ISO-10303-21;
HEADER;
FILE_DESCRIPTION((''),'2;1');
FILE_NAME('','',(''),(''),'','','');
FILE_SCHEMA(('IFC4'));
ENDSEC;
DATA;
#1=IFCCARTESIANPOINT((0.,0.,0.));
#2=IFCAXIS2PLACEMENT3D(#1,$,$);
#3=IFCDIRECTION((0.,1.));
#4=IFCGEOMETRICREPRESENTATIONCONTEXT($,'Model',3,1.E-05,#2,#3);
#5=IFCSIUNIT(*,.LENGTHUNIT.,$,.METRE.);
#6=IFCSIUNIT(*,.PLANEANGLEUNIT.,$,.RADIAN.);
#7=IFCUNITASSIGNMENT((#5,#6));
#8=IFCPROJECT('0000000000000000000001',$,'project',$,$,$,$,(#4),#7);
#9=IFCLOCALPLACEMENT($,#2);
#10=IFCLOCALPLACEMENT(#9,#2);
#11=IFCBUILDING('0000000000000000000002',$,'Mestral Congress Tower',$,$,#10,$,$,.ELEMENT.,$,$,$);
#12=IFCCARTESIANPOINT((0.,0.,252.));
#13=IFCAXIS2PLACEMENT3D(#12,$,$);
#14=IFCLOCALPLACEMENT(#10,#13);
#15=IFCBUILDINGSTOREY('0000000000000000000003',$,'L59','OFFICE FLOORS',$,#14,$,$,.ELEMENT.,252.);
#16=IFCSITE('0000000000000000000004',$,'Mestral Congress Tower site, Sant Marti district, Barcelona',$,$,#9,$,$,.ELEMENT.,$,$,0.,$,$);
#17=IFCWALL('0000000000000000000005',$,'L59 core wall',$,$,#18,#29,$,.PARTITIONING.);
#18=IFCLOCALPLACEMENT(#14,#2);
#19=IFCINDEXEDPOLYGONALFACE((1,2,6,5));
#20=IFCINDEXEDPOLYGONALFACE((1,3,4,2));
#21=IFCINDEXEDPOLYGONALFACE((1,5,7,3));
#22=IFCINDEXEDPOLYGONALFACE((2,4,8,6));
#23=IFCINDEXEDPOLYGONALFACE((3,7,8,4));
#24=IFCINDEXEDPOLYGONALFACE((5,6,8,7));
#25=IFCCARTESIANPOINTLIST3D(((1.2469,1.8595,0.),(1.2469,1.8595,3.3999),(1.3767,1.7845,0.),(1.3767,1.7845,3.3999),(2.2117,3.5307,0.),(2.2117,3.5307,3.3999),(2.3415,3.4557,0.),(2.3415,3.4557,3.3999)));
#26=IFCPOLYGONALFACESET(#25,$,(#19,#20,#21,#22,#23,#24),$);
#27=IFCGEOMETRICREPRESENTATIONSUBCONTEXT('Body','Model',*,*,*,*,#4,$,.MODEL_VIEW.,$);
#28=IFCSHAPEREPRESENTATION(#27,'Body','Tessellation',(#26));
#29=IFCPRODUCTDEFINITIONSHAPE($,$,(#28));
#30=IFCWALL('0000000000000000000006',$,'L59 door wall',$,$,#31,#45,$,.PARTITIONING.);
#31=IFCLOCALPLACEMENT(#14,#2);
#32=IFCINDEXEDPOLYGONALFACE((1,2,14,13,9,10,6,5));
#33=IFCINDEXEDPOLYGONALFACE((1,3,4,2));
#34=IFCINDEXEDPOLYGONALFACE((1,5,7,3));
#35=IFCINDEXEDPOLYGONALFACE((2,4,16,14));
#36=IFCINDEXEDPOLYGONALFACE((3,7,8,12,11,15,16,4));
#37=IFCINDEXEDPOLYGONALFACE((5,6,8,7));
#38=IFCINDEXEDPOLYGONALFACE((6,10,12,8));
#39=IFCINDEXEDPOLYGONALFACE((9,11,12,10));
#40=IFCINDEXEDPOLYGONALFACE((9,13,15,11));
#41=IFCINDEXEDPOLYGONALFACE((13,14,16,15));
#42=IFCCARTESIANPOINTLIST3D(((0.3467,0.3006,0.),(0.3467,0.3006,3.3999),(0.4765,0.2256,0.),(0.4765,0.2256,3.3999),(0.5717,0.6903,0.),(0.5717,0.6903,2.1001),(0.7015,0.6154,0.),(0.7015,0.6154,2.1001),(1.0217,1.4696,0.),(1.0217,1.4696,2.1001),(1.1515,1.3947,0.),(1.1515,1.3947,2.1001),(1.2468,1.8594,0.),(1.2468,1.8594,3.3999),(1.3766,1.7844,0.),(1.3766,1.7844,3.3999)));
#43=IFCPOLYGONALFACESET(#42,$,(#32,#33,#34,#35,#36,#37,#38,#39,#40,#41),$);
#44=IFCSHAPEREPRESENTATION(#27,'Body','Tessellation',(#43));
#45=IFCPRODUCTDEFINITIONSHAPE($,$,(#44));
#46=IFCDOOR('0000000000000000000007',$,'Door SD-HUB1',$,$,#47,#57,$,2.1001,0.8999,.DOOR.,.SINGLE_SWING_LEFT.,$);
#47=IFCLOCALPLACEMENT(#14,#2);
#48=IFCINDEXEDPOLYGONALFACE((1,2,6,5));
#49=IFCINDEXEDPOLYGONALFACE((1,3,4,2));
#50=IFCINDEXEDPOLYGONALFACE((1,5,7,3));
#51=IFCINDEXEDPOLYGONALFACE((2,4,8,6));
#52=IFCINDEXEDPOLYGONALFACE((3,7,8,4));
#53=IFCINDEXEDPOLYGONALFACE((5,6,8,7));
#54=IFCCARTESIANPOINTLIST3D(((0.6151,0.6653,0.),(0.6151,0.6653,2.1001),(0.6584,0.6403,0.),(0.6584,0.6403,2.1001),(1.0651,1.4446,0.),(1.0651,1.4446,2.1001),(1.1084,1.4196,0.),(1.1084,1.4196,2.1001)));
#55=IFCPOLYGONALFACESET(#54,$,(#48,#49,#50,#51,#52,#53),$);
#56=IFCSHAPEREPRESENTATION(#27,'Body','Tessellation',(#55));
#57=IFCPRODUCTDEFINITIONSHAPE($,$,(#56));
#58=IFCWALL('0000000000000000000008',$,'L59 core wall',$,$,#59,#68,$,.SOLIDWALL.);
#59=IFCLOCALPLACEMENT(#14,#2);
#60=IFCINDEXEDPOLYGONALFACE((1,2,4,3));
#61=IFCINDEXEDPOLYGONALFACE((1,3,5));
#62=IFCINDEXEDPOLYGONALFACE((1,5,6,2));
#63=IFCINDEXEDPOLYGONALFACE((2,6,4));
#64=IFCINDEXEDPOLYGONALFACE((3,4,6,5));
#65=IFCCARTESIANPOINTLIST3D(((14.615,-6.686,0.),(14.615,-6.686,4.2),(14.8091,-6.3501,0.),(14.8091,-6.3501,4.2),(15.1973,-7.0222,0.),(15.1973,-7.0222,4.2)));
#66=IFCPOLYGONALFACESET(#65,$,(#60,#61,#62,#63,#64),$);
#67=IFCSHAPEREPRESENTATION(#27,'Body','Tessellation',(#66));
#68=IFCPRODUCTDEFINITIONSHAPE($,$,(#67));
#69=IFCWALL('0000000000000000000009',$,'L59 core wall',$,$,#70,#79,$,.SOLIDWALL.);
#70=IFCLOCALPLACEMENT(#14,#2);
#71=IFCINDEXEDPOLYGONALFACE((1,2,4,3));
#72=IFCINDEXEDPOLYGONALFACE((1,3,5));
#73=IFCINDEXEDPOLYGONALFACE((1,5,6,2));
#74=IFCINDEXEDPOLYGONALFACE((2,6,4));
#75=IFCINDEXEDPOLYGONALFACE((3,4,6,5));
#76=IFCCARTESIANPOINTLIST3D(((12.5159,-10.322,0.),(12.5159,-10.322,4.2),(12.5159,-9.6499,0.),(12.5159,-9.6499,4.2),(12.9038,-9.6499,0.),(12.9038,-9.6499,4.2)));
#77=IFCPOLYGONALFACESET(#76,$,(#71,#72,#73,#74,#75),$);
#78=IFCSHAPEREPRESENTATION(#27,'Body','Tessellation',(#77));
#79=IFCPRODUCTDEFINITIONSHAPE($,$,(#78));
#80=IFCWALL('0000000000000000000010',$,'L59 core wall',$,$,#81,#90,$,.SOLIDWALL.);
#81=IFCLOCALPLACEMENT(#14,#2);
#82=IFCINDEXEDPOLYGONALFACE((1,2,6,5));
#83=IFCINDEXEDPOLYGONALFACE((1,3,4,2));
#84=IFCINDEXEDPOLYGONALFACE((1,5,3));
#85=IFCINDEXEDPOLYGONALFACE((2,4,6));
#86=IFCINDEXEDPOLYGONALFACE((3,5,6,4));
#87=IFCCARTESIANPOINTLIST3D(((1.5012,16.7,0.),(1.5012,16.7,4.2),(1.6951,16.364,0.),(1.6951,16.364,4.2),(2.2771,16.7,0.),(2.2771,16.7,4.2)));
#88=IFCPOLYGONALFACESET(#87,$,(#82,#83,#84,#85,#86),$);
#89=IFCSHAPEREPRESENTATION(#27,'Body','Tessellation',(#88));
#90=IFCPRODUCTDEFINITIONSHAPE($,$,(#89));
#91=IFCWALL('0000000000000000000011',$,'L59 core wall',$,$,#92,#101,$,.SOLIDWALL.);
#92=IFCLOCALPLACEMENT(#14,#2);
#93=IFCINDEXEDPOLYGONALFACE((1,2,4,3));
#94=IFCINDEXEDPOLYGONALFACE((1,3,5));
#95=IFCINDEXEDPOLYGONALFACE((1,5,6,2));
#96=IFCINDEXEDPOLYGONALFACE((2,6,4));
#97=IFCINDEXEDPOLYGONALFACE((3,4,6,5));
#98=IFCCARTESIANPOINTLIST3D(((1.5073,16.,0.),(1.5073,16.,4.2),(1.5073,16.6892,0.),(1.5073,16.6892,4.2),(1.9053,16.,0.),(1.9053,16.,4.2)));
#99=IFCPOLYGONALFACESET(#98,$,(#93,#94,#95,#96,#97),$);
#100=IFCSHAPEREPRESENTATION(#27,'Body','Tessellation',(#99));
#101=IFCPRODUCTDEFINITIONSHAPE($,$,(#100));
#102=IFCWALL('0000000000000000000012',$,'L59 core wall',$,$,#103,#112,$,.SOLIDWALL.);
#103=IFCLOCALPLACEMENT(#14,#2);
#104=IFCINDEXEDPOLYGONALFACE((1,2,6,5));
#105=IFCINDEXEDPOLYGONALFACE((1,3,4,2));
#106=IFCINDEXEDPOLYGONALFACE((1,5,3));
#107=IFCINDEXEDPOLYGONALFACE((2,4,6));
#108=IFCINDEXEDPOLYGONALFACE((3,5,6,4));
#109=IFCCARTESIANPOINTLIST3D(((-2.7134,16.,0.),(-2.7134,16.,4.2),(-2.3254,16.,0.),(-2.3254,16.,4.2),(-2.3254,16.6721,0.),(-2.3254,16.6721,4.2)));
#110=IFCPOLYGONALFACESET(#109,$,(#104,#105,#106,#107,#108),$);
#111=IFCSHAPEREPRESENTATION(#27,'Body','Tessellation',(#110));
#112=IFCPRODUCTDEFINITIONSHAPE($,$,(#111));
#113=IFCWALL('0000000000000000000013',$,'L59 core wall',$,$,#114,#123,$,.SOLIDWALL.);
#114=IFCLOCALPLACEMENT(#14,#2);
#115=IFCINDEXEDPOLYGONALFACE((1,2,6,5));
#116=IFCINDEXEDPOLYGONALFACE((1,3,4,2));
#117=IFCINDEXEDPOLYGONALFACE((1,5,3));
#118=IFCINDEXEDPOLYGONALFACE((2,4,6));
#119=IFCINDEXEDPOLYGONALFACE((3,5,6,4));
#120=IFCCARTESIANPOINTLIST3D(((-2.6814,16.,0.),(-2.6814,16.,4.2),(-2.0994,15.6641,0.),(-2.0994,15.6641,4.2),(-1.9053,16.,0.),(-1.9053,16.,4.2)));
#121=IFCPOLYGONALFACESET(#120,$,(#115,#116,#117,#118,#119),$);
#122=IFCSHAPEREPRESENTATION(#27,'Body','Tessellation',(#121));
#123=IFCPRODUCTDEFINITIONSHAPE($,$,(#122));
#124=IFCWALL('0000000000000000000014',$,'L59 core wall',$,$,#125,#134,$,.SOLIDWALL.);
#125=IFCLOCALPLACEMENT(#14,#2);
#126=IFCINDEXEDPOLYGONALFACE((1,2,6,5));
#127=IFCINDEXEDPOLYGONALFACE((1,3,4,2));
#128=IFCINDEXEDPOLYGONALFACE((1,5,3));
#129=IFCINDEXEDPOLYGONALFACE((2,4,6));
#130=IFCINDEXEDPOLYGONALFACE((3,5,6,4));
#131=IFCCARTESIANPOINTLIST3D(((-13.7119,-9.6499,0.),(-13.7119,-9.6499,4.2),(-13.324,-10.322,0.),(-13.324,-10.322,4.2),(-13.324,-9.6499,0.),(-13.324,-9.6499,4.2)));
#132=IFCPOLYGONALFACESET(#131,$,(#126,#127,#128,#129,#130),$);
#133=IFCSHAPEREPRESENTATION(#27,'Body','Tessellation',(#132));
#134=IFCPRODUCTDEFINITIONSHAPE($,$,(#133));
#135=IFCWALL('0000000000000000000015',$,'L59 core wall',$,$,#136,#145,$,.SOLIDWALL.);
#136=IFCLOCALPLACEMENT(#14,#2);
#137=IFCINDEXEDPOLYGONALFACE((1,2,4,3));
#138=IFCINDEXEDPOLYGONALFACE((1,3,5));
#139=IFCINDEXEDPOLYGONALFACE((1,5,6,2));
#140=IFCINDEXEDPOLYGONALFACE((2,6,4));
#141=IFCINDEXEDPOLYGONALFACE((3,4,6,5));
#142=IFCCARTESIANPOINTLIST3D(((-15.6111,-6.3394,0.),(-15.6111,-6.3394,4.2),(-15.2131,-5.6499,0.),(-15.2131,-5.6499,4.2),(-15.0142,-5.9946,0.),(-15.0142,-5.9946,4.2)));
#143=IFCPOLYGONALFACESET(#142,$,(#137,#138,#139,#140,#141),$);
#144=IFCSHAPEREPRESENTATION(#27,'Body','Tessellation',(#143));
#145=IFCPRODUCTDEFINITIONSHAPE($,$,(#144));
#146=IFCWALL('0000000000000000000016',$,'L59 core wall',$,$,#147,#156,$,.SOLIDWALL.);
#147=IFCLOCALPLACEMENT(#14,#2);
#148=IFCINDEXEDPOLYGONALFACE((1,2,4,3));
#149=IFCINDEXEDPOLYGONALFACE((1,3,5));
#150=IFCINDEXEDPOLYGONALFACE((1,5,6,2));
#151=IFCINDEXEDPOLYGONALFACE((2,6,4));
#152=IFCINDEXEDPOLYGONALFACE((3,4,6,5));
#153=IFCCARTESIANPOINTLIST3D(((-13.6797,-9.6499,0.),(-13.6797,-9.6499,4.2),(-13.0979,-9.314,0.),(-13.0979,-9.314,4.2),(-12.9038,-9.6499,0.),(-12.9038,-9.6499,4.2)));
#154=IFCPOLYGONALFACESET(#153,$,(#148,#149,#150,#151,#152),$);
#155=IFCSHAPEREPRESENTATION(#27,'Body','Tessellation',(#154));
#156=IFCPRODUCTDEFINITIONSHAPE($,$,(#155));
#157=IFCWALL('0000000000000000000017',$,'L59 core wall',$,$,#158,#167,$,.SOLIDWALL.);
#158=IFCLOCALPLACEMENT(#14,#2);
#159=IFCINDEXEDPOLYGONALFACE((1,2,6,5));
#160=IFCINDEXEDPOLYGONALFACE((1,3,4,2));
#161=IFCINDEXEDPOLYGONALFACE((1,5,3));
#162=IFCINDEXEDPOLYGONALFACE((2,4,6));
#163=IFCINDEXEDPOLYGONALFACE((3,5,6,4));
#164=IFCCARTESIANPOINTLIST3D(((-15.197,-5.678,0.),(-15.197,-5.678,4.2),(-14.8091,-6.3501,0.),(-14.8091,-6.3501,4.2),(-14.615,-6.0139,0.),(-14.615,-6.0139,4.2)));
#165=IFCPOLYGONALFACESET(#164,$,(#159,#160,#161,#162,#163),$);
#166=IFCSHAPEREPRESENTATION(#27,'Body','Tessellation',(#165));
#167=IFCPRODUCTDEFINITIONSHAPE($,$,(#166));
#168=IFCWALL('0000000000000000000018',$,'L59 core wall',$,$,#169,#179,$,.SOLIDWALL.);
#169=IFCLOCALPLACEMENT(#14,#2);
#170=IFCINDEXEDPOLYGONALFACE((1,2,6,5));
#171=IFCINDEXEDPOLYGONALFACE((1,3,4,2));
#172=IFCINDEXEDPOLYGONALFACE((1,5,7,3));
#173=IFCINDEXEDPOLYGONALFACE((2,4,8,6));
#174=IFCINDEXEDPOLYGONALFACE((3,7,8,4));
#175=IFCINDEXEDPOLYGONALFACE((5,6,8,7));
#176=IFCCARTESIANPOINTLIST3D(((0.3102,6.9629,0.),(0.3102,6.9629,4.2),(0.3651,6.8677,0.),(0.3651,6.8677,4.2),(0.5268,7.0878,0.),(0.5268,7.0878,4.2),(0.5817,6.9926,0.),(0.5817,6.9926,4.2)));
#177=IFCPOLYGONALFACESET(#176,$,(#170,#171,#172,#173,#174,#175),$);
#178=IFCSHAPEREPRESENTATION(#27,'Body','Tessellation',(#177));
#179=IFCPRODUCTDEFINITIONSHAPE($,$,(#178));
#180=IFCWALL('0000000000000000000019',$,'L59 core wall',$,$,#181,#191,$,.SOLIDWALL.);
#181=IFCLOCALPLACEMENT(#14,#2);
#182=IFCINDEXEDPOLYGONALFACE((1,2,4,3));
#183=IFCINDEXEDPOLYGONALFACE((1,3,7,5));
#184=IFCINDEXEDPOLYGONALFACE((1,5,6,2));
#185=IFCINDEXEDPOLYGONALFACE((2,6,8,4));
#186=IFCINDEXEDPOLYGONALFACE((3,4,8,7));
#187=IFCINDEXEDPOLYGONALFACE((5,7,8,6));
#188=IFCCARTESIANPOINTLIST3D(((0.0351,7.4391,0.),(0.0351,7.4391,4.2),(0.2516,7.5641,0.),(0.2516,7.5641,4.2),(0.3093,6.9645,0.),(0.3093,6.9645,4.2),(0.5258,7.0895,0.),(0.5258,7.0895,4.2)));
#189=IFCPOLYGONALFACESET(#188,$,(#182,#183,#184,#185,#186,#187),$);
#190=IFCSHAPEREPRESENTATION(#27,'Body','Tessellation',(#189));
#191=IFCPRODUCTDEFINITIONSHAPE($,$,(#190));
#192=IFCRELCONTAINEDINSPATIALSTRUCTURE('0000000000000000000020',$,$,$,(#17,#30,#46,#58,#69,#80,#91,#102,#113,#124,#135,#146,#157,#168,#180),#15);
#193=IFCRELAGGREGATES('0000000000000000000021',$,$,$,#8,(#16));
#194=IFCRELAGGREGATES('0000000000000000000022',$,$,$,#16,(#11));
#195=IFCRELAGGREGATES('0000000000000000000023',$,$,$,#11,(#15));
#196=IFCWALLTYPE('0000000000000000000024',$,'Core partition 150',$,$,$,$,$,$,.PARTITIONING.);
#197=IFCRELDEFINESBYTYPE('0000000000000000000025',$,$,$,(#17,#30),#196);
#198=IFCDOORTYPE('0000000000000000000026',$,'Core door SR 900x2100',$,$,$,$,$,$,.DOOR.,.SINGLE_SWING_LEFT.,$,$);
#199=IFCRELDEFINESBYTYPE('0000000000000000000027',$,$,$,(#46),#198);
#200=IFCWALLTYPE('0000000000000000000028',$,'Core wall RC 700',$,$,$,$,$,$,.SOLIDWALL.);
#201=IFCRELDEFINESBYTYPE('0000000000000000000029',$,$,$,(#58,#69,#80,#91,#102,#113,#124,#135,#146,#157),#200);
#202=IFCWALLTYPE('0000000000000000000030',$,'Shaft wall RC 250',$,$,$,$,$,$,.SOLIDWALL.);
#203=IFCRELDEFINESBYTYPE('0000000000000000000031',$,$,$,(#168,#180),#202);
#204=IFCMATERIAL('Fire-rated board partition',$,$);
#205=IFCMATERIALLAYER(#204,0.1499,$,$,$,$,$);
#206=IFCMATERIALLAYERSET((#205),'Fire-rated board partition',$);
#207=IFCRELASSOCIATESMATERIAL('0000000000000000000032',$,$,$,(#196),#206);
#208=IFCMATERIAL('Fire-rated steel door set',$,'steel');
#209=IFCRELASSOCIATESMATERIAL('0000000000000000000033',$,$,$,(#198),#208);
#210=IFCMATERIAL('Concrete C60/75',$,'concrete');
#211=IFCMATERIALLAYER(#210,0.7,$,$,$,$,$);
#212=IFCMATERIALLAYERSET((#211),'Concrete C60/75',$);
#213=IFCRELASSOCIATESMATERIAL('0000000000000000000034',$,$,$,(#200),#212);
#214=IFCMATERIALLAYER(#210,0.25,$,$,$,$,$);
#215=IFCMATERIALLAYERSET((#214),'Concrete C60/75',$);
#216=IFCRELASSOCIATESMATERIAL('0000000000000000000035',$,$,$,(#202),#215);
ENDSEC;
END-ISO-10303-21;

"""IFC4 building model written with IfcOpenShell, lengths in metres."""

from ifc_helpers import new_model, si_unit, direction, frame, frame_2d, origin, place, context, subcontext, project, spatial, polyline, rectangle, outline, extrude, material, layer, layer_set, type_object, element, fill, save


model = new_model("IFC4")

# Units and contexts
model_context = context("Model", 3, precision=1e-05, world=origin(), true_north=direction((0.0, 1.0)))
body_context = subcontext(model_context, "Body", "Model", "MODEL_VIEW")
ifc_project = project(units=[si_unit("LENGTHUNIT", "METRE"), si_unit("PLANEANGLEUNIT", "RADIAN")], contexts=[model_context])

# Site, building, storey
site_placement = place(None, origin())
site = spatial("IfcSite", under=ifc_project, at=site_placement, Name="Mestral Congress Tower site, Sant Marti district, Barcelona", CompositionType="ELEMENT", RefElevation=0.0)
building_placement = place(site_placement, origin())
building = spatial("IfcBuilding", under=site, at=building_placement, Name="Mestral Congress Tower", CompositionType="ELEMENT")
storey_placement = place(building_placement, frame((0.0, 0.0, 252.0)))
storey = spatial("IfcBuildingStorey", under=building, at=storey_placement, Name="L59", Description="OFFICE FLOORS", CompositionType="ELEMENT", Elevation=252.0)

# Wall
ifc_material_1 = material(Name="Fire-rated board partition")
ifc_layer_1 = layer(ifc_material_1, 0.1499)
ifc_layer_set_1 = layer_set([ifc_layer_1], Name="Fire-rated board partition")
wall_type_1 = type_object("IfcWallType", Name="Core partition 150", PredefinedType="PARTITIONING", material=ifc_layer_set_1)
wall_1_placement = place(storey_placement, frame((1.3118, 1.822, 0.0), z_axis=(0.0, 0.0, 1.0), x_axis=(0.500004, 0.866023, 0.0)))
element("IfcWall", 1, at=wall_1_placement, inside=storey, type_object=wall_type_1, Name="L59 core wall", PredefinedType="PARTITIONING", context=body_context, shape_type="SweptSolid", body=[
    extrude(rectangle(XDim=1.9297, YDim=0.1499, at=frame_2d((0.9648, 0.0))), origin(), (0.0, 0.0, 1.0), 3.3999),
])

# Wall, opening, door
wall_2_placement = place(storey_placement, frame((0.4116, 0.2632, 0.0), z_axis=(0.0, 0.0, 1.0), x_axis=(0.500063, 0.865989, 0.0)))
wall_2 = element("IfcWall", 2, at=wall_2_placement, inside=storey, type_object=wall_type_1, Name="L59 door wall", PredefinedType="PARTITIONING", context=body_context, shape_type="SweptSolid", body=[
    extrude(rectangle(XDim=1.8, YDim=0.1499, at=frame_2d((0.8999, 0.0))), origin(), (0.0, 0.0, 1.0), 3.3999),
])
opening_placement = place(wall_2_placement, frame((0.45, 0.0, 0.0)))
opening = element("IfcOpeningElement", 3, at=opening_placement, cuts=wall_2, PredefinedType="OPENING", context=body_context, shape_type="SweptSolid", body=[
    extrude(rectangle(XDim=0.8999, YDim=2.1001, at=frame_2d((0.45, 1.05))), frame((0.0, 0.085, 0.0), z_axis=(0.0, -1.0, 0.0), x_axis=(1.0, 0.0, 0.0)), (0.0, 0.0, 1.0), 0.1699),
])
ifc_material_2 = material(Name="Fire-rated steel door set", Category="steel")
door_type = type_object("IfcDoorType", Name="Core door SR 900x2100", OperationType="SINGLE_SWING_LEFT", PredefinedType="DOOR", material=ifc_material_2)
door_placement = place(opening_placement, origin())
door = element("IfcDoor", 4, at=door_placement, inside=storey, type_object=door_type, Name="Door SD-HUB1", OperationType="SINGLE_SWING_LEFT", OverallHeight=2.1001, OverallWidth=0.8999, PredefinedType="DOOR", context=body_context, shape_type="SweptSolid", body=[
    extrude(rectangle(XDim=0.8999, YDim=2.1001, at=frame_2d((0.45, 1.05))), frame((0.0, 0.0249, 0.0), z_axis=(0.0, -1.0, 0.0), x_axis=(1.0, 0.0, 0.0)), (0.0, 0.0, 1.0), 0.05),
])
fill(opening, door)

# Walls
ifc_material_3 = material(Name="Concrete C60/75", Category="concrete")
ifc_layer_2 = layer(ifc_material_3, 0.7)
ifc_layer_set_2 = layer_set([ifc_layer_2], Name="Concrete C60/75")
wall_type_2 = type_object("IfcWallType", Name="Core wall RC 700", PredefinedType="SOLIDWALL", material=ifc_layer_set_2)
placement = place(storey_placement, origin())
element("IfcWall", 5, at=placement, inside=storey, type_object=wall_type_2, Name="L59 core wall", PredefinedType="SOLIDWALL", context=body_context, shape_type="SweptSolid", body=[
    extrude(outline(polyline([(14.8091, -6.3501), (15.1973, -7.0222), (14.615, -6.686), (14.8091, -6.3501)])), origin(), (0.0, 0.0, 1.0), 4.2),
])
element("IfcWall", 6, at=placement, inside=storey, type_object=wall_type_2, Name="L59 core wall", PredefinedType="SOLIDWALL", context=body_context, shape_type="SweptSolid", body=[
    extrude(outline(polyline([(12.9038, -9.6499), (12.5159, -10.322), (12.5159, -9.6499), (12.9038, -9.6499)])), origin(), (0.0, 0.0, 1.0), 4.2),
])
element("IfcWall", 7, at=placement, inside=storey, type_object=wall_type_2, Name="L59 core wall", PredefinedType="SOLIDWALL", context=body_context, shape_type="SweptSolid", body=[
    extrude(outline(polyline([(1.5012, 16.7), (2.2771, 16.7), (1.6951, 16.364), (1.5012, 16.7)])), origin(), (0.0, 0.0, 1.0), 4.2),
])
element("IfcWall", 8, at=placement, inside=storey, type_object=wall_type_2, Name="L59 core wall", PredefinedType="SOLIDWALL", context=body_context, shape_type="SweptSolid", body=[
    extrude(outline(polyline([(1.9053, 16.0), (1.5073, 16.0), (1.5073, 16.6892), (1.9053, 16.0)])), origin(), (0.0, 0.0, 1.0), 4.2),
])
element("IfcWall", 9, at=placement, inside=storey, type_object=wall_type_2, Name="L59 core wall", PredefinedType="SOLIDWALL", context=body_context, shape_type="SweptSolid", body=[
    extrude(outline(polyline([(-2.7134, 16.0), (-2.3254, 16.6721), (-2.3254, 16.0), (-2.7134, 16.0)])), origin(), (0.0, 0.0, 1.0), 4.2),
])
element("IfcWall", 10, at=placement, inside=storey, type_object=wall_type_2, Name="L59 core wall", PredefinedType="SOLIDWALL", context=body_context, shape_type="SweptSolid", body=[
    extrude(outline(polyline([(-1.9053, 16.0), (-2.0994, 15.6641), (-2.6814, 16.0), (-1.9053, 16.0)])), origin(), (0.0, 0.0, 1.0), 4.2),
])
element("IfcWall", 11, at=placement, inside=storey, type_object=wall_type_2, Name="L59 core wall", PredefinedType="SOLIDWALL", context=body_context, shape_type="SweptSolid", body=[
    extrude(outline(polyline([(-13.7119, -9.6499), (-13.324, -9.6499), (-13.324, -10.322), (-13.7119, -9.6499)])), origin(), (0.0, 0.0, 1.0), 4.2),
])
element("IfcWall", 12, at=placement, inside=storey, type_object=wall_type_2, Name="L59 core wall", PredefinedType="SOLIDWALL", context=body_context, shape_type="SweptSolid", body=[
    extrude(outline(polyline([(-15.0142, -5.9946), (-15.6111, -6.3394), (-15.2131, -5.6499), (-15.0142, -5.9946)])), origin(), (0.0, 0.0, 1.0), 4.2),
])
element("IfcWall", 13, at=placement, inside=storey, type_object=wall_type_2, Name="L59 core wall", PredefinedType="SOLIDWALL", context=body_context, shape_type="SweptSolid", body=[
    extrude(outline(polyline([(-12.9038, -9.6499), (-13.6797, -9.6499), (-13.0979, -9.314), (-12.9038, -9.6499)])), origin(), (0.0, 0.0, 1.0), 4.2),
])
element("IfcWall", 14, at=placement, inside=storey, type_object=wall_type_2, Name="L59 core wall", PredefinedType="SOLIDWALL", context=body_context, shape_type="SweptSolid", body=[
    extrude(outline(polyline([(-14.8091, -6.3501), (-15.197, -5.678), (-14.615, -6.0139), (-14.8091, -6.3501)])), origin(), (0.0, 0.0, 1.0), 4.2),
])
ifc_layer_3 = layer(ifc_material_3, 0.25)
ifc_layer_set_3 = layer_set([ifc_layer_3], Name="Concrete C60/75")
wall_type_3 = type_object("IfcWallType", Name="Shaft wall RC 250", PredefinedType="SOLIDWALL", material=ifc_layer_set_3)
wall_3_placement = place(storey_placement, frame((0.4734, 6.9302, 0.0), z_axis=(0.0, 0.0, 1.0), x_axis=(-0.499722, 0.866186, 0.0)))
element("IfcWall", 15, at=wall_3_placement, inside=storey, type_object=wall_type_3, Name="L59 core wall", PredefinedType="SOLIDWALL", context=body_context, shape_type="SweptSolid", body=[
    extrude(rectangle(XDim=0.1099, YDim=0.25, at=frame_2d((0.0549, 0.0))), origin(), (0.0, 0.0, 1.0), 4.2),
])
wall_4_placement = place(storey_placement, frame((0.4175, 7.0271, 0.0), z_axis=(0.0, 0.0, 1.0), x_axis=(-0.500211, 0.865904, 0.0)))
element("IfcWall", 16, at=wall_4_placement, inside=storey, type_object=wall_type_3, Name="L59 core wall", PredefinedType="SOLIDWALL", context=body_context, shape_type="SweptSolid", body=[
    extrude(rectangle(XDim=0.5481, YDim=0.25, at=frame_2d((0.2739, 0.0))), origin(), (0.0, 0.0, 1.0), 4.2),
])

save(model, "model.ifc")
